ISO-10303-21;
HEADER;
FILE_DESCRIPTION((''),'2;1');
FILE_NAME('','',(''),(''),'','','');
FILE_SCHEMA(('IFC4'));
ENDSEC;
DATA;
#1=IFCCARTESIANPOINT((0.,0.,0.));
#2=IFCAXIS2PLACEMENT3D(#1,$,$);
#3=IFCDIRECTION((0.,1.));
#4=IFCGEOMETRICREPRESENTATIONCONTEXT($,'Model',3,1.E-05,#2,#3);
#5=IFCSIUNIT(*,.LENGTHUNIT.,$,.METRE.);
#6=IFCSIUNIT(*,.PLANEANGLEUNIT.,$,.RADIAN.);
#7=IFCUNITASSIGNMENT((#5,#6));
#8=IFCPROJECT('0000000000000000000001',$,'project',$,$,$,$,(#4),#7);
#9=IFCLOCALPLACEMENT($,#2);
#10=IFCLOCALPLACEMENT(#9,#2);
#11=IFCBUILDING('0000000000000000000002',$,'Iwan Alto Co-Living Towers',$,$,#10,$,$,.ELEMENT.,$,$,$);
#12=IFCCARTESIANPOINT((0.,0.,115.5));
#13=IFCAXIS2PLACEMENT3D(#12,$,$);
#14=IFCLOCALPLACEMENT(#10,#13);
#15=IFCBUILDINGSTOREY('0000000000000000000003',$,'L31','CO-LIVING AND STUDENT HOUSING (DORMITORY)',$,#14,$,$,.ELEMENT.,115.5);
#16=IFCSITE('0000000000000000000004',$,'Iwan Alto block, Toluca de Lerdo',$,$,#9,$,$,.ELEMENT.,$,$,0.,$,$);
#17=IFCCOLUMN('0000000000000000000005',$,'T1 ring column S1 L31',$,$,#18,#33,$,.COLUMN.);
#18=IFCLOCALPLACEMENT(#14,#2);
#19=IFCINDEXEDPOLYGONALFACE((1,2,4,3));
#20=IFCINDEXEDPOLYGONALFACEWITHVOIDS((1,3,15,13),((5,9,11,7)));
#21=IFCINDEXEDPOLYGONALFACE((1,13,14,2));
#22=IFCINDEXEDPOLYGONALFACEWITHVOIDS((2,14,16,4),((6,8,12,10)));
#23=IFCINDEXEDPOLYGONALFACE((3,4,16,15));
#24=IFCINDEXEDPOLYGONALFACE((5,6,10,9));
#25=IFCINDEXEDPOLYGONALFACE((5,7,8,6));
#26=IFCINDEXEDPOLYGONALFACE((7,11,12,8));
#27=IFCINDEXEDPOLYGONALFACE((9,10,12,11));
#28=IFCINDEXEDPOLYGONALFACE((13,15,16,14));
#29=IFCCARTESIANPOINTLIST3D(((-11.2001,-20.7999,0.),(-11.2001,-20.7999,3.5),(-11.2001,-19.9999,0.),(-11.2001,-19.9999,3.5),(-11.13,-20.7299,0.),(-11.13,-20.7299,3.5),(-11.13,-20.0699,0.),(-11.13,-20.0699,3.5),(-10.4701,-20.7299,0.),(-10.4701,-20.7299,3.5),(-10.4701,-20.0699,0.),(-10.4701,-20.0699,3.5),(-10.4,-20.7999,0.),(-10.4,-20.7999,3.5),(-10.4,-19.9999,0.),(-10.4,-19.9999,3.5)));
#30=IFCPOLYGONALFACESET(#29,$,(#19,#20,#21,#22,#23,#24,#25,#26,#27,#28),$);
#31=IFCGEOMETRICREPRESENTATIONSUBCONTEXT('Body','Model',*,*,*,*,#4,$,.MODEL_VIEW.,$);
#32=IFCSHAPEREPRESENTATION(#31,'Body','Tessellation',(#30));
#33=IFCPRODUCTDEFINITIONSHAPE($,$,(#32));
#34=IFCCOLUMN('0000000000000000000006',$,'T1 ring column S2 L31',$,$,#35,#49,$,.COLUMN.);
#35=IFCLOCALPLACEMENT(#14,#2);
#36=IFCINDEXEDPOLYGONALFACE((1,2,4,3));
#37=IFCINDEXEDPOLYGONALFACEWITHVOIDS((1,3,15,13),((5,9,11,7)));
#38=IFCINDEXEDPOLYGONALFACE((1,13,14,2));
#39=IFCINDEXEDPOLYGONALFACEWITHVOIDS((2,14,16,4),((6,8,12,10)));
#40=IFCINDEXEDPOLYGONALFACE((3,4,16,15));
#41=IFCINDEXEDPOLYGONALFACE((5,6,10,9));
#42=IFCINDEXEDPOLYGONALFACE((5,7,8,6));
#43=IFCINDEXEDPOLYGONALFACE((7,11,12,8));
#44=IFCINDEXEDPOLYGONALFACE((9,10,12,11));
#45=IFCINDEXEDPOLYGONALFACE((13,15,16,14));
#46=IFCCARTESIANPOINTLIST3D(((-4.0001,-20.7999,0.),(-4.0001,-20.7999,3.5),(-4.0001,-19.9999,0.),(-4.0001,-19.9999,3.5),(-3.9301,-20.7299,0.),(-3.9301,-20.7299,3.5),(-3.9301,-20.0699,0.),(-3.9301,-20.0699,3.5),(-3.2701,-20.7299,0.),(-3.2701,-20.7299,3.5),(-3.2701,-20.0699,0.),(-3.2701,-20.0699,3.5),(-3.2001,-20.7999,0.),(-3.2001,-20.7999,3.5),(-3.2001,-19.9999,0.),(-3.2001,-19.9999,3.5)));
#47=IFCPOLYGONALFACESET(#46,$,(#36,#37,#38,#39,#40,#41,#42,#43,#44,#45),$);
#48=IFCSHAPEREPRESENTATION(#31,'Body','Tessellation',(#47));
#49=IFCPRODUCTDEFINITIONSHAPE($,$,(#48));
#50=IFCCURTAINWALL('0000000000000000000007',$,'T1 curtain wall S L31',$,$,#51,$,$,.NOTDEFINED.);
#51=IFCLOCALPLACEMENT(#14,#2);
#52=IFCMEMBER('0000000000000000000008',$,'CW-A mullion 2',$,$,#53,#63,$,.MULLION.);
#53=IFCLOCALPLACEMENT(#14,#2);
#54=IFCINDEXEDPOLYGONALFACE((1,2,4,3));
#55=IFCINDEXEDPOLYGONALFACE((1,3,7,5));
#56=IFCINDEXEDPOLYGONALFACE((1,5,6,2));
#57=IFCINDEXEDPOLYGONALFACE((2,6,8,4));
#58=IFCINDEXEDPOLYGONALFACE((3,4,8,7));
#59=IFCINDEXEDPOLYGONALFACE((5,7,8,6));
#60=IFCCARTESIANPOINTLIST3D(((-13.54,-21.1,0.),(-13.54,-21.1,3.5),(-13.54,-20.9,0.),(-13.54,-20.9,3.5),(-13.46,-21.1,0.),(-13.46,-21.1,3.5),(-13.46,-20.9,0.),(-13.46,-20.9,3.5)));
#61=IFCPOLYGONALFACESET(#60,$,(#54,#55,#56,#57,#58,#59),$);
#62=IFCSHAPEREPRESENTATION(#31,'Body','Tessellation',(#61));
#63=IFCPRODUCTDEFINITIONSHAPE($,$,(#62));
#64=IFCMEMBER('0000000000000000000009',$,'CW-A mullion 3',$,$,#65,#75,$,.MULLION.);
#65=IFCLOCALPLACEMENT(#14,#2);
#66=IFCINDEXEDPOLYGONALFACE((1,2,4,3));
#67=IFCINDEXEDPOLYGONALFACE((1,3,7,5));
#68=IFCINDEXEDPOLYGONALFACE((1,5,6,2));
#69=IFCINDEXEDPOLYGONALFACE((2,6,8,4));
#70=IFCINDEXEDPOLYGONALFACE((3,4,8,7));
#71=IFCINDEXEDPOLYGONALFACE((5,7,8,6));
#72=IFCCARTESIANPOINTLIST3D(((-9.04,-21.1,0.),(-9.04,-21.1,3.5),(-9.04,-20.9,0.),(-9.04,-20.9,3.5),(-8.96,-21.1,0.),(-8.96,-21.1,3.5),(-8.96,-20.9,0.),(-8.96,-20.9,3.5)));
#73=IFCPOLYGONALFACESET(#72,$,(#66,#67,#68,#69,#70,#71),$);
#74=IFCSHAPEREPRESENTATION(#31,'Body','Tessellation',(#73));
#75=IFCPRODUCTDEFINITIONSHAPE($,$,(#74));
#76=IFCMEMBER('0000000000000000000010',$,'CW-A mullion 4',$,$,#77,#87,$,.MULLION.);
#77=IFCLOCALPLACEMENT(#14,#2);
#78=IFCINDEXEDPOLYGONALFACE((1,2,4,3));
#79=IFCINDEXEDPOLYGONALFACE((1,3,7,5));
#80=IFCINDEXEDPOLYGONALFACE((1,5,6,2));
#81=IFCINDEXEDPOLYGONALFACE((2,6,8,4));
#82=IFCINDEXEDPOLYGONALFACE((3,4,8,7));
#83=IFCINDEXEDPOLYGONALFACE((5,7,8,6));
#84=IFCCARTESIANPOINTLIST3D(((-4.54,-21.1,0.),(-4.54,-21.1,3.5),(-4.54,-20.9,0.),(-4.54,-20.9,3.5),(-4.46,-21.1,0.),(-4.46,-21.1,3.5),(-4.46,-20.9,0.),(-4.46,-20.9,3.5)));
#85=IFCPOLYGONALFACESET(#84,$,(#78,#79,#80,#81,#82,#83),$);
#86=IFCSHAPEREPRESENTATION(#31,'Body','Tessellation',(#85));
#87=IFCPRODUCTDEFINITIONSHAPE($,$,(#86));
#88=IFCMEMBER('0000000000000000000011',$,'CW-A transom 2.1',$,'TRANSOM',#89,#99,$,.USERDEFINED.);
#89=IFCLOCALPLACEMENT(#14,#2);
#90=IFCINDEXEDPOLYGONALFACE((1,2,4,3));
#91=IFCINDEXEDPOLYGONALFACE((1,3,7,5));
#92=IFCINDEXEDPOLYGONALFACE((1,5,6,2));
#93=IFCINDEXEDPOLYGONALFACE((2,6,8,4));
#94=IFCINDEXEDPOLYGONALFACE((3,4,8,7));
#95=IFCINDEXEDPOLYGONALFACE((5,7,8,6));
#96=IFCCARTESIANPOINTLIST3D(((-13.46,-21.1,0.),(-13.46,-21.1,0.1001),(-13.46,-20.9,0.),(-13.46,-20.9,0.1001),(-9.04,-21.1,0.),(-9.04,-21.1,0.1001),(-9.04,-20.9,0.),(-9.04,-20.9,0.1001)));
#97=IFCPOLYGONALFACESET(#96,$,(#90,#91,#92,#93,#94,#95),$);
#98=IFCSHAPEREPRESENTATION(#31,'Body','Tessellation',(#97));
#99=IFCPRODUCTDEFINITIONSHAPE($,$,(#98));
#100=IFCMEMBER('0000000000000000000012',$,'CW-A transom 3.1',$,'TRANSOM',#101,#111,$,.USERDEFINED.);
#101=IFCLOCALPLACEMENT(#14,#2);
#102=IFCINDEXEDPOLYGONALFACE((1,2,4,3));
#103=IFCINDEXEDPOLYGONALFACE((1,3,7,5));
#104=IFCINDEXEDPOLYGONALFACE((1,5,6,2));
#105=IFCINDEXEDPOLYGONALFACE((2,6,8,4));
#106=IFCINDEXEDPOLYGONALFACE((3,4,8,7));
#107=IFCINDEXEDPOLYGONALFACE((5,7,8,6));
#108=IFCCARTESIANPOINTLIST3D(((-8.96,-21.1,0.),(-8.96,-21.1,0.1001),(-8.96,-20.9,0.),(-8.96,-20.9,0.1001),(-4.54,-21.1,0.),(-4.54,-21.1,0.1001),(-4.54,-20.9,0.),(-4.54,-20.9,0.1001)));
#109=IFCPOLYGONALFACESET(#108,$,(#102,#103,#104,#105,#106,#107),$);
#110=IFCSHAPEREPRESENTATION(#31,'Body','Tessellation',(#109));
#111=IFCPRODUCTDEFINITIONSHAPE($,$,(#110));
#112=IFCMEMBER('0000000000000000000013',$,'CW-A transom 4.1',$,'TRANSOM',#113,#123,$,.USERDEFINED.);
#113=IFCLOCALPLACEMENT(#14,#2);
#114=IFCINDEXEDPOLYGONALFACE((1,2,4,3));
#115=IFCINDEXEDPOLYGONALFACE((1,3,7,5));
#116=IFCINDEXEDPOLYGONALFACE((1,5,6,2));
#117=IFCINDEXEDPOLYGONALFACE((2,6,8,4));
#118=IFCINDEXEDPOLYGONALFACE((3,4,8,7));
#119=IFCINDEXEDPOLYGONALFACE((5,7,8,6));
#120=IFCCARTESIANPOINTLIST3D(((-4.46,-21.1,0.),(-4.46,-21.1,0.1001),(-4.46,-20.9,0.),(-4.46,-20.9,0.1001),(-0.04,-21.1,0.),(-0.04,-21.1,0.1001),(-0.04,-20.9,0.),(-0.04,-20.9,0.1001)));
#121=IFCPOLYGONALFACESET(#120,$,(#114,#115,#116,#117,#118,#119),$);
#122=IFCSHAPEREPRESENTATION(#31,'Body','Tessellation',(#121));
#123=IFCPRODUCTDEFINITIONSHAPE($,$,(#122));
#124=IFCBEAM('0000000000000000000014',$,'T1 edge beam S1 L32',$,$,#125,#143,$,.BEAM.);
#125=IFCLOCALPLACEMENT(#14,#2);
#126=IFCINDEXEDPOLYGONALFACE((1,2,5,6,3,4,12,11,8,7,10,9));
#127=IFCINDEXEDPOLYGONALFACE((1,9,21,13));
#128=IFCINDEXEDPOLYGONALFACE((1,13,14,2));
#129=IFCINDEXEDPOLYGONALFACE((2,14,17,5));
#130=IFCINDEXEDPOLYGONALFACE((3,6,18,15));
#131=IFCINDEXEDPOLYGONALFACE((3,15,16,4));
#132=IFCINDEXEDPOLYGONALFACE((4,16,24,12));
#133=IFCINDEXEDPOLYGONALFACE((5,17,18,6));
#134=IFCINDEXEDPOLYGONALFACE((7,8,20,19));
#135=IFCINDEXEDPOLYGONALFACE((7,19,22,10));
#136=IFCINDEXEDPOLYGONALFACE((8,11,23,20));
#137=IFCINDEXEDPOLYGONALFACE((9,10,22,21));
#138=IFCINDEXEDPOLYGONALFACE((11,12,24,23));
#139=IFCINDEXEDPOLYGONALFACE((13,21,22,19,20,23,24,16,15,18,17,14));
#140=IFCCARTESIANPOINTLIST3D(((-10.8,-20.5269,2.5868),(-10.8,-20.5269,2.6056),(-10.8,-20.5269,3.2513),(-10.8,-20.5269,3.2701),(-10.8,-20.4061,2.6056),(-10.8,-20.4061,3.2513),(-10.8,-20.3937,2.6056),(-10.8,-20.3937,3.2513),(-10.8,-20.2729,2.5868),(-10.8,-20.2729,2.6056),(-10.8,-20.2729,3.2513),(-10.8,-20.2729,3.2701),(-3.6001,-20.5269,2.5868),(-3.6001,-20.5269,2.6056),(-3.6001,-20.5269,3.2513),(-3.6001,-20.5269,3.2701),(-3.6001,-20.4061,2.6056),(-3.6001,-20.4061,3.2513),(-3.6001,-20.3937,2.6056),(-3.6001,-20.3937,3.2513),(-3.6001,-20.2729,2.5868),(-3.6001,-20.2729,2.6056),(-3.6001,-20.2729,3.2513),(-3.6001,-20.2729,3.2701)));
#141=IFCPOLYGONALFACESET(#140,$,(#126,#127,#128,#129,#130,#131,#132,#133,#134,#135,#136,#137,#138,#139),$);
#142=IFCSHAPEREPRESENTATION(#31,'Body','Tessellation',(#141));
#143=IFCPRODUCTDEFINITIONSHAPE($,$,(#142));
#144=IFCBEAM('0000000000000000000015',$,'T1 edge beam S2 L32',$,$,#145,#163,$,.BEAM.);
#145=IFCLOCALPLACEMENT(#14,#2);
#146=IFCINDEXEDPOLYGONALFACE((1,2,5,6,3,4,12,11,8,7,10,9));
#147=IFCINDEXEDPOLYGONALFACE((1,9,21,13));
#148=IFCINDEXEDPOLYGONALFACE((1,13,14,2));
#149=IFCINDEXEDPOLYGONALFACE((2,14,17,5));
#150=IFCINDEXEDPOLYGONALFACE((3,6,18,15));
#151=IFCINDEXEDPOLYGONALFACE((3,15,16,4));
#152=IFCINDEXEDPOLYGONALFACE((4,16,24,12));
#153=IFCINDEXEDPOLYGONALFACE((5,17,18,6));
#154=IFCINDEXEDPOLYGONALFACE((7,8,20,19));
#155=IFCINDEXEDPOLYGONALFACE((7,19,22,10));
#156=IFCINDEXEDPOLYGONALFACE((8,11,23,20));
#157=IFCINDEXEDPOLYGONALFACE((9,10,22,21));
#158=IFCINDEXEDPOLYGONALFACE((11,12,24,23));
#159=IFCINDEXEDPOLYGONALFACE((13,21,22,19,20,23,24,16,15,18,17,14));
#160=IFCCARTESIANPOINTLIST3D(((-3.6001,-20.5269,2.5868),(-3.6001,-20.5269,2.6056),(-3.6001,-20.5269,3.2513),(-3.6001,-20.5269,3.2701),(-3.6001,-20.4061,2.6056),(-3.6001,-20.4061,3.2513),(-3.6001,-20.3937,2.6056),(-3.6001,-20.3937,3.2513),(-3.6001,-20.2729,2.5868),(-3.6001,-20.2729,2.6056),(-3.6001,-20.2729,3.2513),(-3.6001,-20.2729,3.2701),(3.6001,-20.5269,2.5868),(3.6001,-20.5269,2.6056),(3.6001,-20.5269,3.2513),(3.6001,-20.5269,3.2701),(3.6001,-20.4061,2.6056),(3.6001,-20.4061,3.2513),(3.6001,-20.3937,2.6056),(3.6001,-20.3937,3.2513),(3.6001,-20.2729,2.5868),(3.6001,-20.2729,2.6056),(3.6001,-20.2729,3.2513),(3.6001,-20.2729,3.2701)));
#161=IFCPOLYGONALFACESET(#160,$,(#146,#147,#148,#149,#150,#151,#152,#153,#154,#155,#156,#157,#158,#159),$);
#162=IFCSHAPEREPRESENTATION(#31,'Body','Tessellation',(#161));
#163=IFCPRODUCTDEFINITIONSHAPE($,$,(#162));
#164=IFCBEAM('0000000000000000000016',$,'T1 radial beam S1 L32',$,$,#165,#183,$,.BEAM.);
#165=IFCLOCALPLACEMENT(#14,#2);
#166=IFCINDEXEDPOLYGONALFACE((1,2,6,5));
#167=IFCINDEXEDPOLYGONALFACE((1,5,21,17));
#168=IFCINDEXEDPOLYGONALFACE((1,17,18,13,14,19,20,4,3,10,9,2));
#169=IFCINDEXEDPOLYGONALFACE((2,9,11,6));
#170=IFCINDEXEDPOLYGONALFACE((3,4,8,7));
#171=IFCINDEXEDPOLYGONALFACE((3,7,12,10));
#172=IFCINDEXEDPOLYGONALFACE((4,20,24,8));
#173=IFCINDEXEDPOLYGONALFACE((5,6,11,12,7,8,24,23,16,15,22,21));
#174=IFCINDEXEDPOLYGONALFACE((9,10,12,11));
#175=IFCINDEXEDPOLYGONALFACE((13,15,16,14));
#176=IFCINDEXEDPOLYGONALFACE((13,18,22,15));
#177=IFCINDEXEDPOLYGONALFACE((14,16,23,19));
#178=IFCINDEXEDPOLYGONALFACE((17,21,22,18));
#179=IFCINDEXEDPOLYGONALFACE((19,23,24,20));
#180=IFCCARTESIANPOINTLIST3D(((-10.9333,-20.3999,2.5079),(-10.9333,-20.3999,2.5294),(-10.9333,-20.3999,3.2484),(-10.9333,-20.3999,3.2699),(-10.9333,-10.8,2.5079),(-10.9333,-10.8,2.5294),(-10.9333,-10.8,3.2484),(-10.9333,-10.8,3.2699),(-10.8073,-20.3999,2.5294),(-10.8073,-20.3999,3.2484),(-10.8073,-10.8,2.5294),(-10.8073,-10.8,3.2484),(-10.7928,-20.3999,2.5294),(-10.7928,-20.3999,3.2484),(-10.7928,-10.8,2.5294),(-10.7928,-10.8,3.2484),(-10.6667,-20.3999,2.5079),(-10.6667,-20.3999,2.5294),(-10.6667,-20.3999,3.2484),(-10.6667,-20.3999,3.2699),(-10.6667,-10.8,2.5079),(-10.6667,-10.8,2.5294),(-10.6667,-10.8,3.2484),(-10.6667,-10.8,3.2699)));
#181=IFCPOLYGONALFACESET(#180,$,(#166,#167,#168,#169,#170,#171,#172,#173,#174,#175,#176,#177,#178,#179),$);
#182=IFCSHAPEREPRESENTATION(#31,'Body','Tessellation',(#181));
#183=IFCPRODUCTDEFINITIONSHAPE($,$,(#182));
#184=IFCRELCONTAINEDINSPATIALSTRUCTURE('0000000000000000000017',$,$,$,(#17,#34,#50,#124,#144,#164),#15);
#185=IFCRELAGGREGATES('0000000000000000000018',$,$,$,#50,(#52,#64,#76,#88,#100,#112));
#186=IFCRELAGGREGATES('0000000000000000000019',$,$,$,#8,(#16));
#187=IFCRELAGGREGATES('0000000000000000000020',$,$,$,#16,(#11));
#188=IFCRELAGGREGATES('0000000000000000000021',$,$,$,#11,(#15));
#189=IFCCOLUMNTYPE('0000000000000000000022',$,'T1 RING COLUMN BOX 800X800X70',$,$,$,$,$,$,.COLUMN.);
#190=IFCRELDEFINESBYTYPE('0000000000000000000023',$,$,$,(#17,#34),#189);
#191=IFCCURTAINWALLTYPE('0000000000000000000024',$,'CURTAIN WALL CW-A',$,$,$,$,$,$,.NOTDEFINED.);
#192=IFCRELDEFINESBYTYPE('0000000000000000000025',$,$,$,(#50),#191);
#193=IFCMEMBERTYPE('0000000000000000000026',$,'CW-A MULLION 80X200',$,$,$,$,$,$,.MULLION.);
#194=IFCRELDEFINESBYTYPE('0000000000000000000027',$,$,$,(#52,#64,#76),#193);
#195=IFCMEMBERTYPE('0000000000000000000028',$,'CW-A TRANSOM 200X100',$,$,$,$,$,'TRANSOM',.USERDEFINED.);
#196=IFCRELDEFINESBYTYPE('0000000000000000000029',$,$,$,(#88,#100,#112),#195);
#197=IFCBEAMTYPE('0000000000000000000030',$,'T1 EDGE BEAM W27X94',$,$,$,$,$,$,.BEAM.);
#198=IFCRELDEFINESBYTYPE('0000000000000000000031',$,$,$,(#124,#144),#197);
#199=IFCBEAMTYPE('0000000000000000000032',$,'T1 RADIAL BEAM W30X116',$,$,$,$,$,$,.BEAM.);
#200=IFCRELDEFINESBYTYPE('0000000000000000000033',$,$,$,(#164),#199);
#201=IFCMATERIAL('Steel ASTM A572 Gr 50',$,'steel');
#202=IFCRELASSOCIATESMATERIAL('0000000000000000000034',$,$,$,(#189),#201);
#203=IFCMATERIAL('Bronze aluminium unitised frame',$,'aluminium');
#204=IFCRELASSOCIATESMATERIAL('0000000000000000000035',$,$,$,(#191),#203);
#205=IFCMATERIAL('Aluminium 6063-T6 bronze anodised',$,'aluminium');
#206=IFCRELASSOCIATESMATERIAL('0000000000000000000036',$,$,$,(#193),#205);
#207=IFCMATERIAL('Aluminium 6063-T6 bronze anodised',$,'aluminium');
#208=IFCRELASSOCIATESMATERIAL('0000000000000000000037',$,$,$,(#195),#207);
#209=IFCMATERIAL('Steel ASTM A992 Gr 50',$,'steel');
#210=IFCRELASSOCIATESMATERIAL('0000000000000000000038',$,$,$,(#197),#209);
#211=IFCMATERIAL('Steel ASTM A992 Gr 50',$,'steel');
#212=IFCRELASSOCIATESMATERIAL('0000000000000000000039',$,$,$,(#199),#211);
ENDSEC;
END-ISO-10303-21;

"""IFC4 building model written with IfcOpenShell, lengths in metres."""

from ifc_helpers import new_model, si_unit, direction, frame, origin, origin_2d, place, context, subcontext, project, spatial, rectangle, hollow_rectangle, i_section, extrude, material, material_profile, profile_set, type_object, element, aggregate, save


model = new_model("IFC4")

# Units and contexts
model_context = context("Model", 3, precision=1e-05, world=origin(), true_north=direction((0.0, 1.0)))
body_context = subcontext(model_context, "Body", "Model", "MODEL_VIEW")
ifc_project = project(units=[si_unit("LENGTHUNIT", "METRE"), si_unit("PLANEANGLEUNIT", "RADIAN")], contexts=[model_context])

# Site, building, storey
site_placement = place(None, origin())
site = spatial("IfcSite", under=ifc_project, at=site_placement, Name="Iwan Alto block, Toluca de Lerdo", CompositionType="ELEMENT", RefElevation=0.0)
building_placement = place(site_placement, origin())
building = spatial("IfcBuilding", under=site, at=building_placement, Name="Iwan Alto Co-Living Towers", CompositionType="ELEMENT")
storey_placement = place(building_placement, frame((0.0, 0.0, 115.5)))
storey = spatial("IfcBuildingStorey", under=building, at=storey_placement, Name="L31", Description="CO-LIVING AND STUDENT HOUSING (DORMITORY)", CompositionType="ELEMENT", Elevation=115.5)

# Columns
ifc_material_1 = material(Name="Steel ASTM A572 Gr 50", Category="steel")
ifc_material_profile_1 = material_profile(ifc_material_1, hollow_rectangle(XDim=0.8, YDim=0.8, WallThickness=0.0701, at=origin_2d()), Name="BOX 800X800X70")
ifc_profile_set_1 = profile_set([ifc_material_profile_1], Name="Steel ASTM A572 Gr 50")
column_type = type_object("IfcColumnType", Name="T1 RING COLUMN BOX 800X800X70", PredefinedType="COLUMN", material=ifc_profile_set_1)
for number, where, z_axis, x_axis, name in (
    (1, (-10.8, -20.3999, 0.0), (0.0, 0.0, 1.0), (1.0, 0.0, 0.0), "T1 ring column S1 L31"),
    (2, (-3.6001, -20.3999, 0.0), (0.0, 0.0, 1.0), (1.0, 0.0, 0.0), "T1 ring column S2 L31"),
):
    element("IfcColumn", number, at=place(storey_placement, frame(where, z_axis=z_axis, x_axis=x_axis)), inside=storey, type_object=column_type, Name=name, PredefinedType="COLUMN", context=body_context, shape_type="SweptSolid", body=[
        extrude(hollow_rectangle(XDim=0.8, YDim=0.8, WallThickness=0.0701, at=origin_2d()), origin(), (0.0, 0.0, 1.0), 3.5),
    ])

# Curtain wall, members
ifc_material_2 = material(Name="Bronze aluminium unitised frame", Category="aluminium")
curtain_wall_type = type_object("IfcCurtainWallType", Name="CURTAIN WALL CW-A", PredefinedType="NOTDEFINED", material=ifc_material_2)
curtain_wall_placement = place(storey_placement, origin())
curtain_wall = element("IfcCurtainWall", 3, at=curtain_wall_placement, inside=storey, type_object=curtain_wall_type, Name="T1 curtain wall S L31", PredefinedType="NOTDEFINED")
ifc_material_3 = material(Name="Aluminium 6063-T6 bronze anodised", Category="aluminium")
ifc_material_profile_2 = material_profile(ifc_material_3, rectangle(XDim=0.2, YDim=0.0801, at=origin_2d()), Name="AL 80X200")
ifc_profile_set_2 = profile_set([ifc_material_profile_2], Name="Aluminium 6063-T6 bronze anodised")
member_type_1 = type_object("IfcMemberType", Name="CW-A MULLION 80X200", PredefinedType="MULLION", material=ifc_profile_set_2)
member_1_placement = place(storey_placement, frame((-13.5, -21.0, 0.0), z_axis=(0.0, 0.0, 1.0), x_axis=(0.0, 1.0, 0.0)))
member_1 = element("IfcMember", 4, at=member_1_placement, type_object=member_type_1, Name="CW-A mullion 2", PredefinedType="MULLION", context=body_context, shape_type="SweptSolid", body=[
    extrude(rectangle(XDim=0.2, YDim=0.0801, at=origin_2d()), origin(), (0.0, 0.0, 1.0), 3.5),
])
member_2_placement = place(storey_placement, frame((-9.0, -21.0, 0.0), z_axis=(0.0, 0.0, 1.0), x_axis=(0.0, 1.0, 0.0)))
member_2 = element("IfcMember", 5, at=member_2_placement, type_object=member_type_1, Name="CW-A mullion 3", PredefinedType="MULLION", context=body_context, shape_type="SweptSolid", body=[
    extrude(rectangle(XDim=0.2, YDim=0.0801, at=origin_2d()), origin(), (0.0, 0.0, 1.0), 3.5),
])
member_3_placement = place(storey_placement, frame((-4.5, -21.0, 0.0), z_axis=(0.0, 0.0, 1.0), x_axis=(0.0, 1.0, 0.0)))
member_3 = element("IfcMember", 6, at=member_3_placement, type_object=member_type_1, Name="CW-A mullion 4", PredefinedType="MULLION", context=body_context, shape_type="SweptSolid", body=[
    extrude(rectangle(XDim=0.2, YDim=0.0801, at=origin_2d()), origin(), (0.0, 0.0, 1.0), 3.5),
])
ifc_material_4 = material(Name="Aluminium 6063-T6 bronze anodised", Category="aluminium")
ifc_material_profile_3 = material_profile(ifc_material_4, rectangle(XDim=0.2, YDim=0.1001, at=origin_2d()), Name="AL 200X100")
ifc_profile_set_3 = profile_set([ifc_material_profile_3], Name="Aluminium 6063-T6 bronze anodised")
member_type_2 = type_object("IfcMemberType", Name="CW-A TRANSOM 200X100", ElementType="TRANSOM", PredefinedType="USERDEFINED", material=ifc_profile_set_3)
member_4_placement = place(storey_placement, frame((-13.46, -21.0, 0.05), z_axis=(1.0, 0.0, 0.0), x_axis=(0.0, 1.0, 0.0)))
member_4 = element("IfcMember", 7, at=member_4_placement, type_object=member_type_2, Name="CW-A transom 2.1", ObjectType="TRANSOM", PredefinedType="USERDEFINED", context=body_context, shape_type="SweptSolid", body=[
    extrude(rectangle(XDim=0.2, YDim=0.1001, at=origin_2d()), origin(), (0.0, 0.0, 1.0), 4.4199),
])
member_5_placement = place(storey_placement, frame((-8.96, -21.0, 0.05), z_axis=(1.0, 0.0, 0.0), x_axis=(0.0, 1.0, 0.0)))
member_5 = element("IfcMember", 8, at=member_5_placement, type_object=member_type_2, Name="CW-A transom 3.1", ObjectType="TRANSOM", PredefinedType="USERDEFINED", context=body_context, shape_type="SweptSolid", body=[
    extrude(rectangle(XDim=0.2, YDim=0.1001, at=origin_2d()), origin(), (0.0, 0.0, 1.0), 4.4199),
])
member_6_placement = place(storey_placement, frame((-4.46, -21.0, 0.05), z_axis=(1.0, 0.0, 0.0), x_axis=(0.0, 1.0, 0.0)))
member_6 = element("IfcMember", 9, at=member_6_placement, type_object=member_type_2, Name="CW-A transom 4.1", ObjectType="TRANSOM", PredefinedType="USERDEFINED", context=body_context, shape_type="SweptSolid", body=[
    extrude(rectangle(XDim=0.2, YDim=0.1001, at=origin_2d()), origin(), (0.0, 0.0, 1.0), 4.4199),
])

# Beams
ifc_material_5 = material(Name="Steel ASTM A992 Gr 50", Category="steel")
ifc_material_profile_4 = material_profile(ifc_material_5, i_section(OverallWidth=0.2539, OverallDepth=0.6833, WebThickness=0.0125, FlangeThickness=0.0188, at=origin_2d()), Name="W27X94")
ifc_profile_set_4 = profile_set([ifc_material_profile_4], Name="Steel ASTM A992 Gr 50")
beam_type_1 = type_object("IfcBeamType", Name="T1 EDGE BEAM W27X94", PredefinedType="BEAM", material=ifc_profile_set_4)
beam_1_placement = place(storey_placement, frame((-10.8, -20.3999, 2.9285), z_axis=(1.0, 0.0, 0.0), x_axis=(0.0, 1.0, 0.0)))
element("IfcBeam", 10, at=beam_1_placement, inside=storey, type_object=beam_type_1, Name="T1 edge beam S1 L32", PredefinedType="BEAM", context=body_context, shape_type="SweptSolid", body=[
    extrude(i_section(OverallWidth=0.2539, OverallDepth=0.6833, WebThickness=0.0125, FlangeThickness=0.0188, at=origin_2d()), origin(), (0.0, 0.0, 1.0), 7.2),
])
beam_2_placement = place(storey_placement, frame((-3.6001, -20.3999, 2.9285), z_axis=(1.0, 0.0, 0.0), x_axis=(0.0, 1.0, 0.0)))
element("IfcBeam", 11, at=beam_2_placement, inside=storey, type_object=beam_type_1, Name="T1 edge beam S2 L32", PredefinedType="BEAM", context=body_context, shape_type="SweptSolid", body=[
    extrude(i_section(OverallWidth=0.2539, OverallDepth=0.6833, WebThickness=0.0125, FlangeThickness=0.0188, at=origin_2d()), origin(), (0.0, 0.0, 1.0), 7.2002),
])
ifc_material_6 = material(Name="Steel ASTM A992 Gr 50", Category="steel")
ifc_material_profile_5 = material_profile(ifc_material_6, i_section(OverallWidth=0.2666, OverallDepth=0.762, WebThickness=0.0144, FlangeThickness=0.0215, at=origin_2d()), Name="W30X116")
ifc_profile_set_5 = profile_set([ifc_material_profile_5], Name="Steel ASTM A992 Gr 50")
beam_type_2 = type_object("IfcBeamType", Name="T1 RADIAL BEAM W30X116", PredefinedType="BEAM", material=ifc_profile_set_5)
beam_3_placement = place(storey_placement, frame((-10.8, -20.3999, 2.8889), z_axis=(0.0, 1.0, 0.0), x_axis=(-1.0, 0.0, 0.0)))
element("IfcBeam", 12, at=beam_3_placement, inside=storey, type_object=beam_type_2, Name="T1 radial beam S1 L32", PredefinedType="BEAM", context=body_context, shape_type="SweptSolid", body=[
    extrude(i_section(OverallWidth=0.2666, OverallDepth=0.762, WebThickness=0.0144, FlangeThickness=0.0215, at=origin_2d()), origin(), (0.0, 0.0, 1.0), 9.5999),
])

aggregate(curtain_wall, [member_1, member_2, member_3, member_4, member_5, member_6])

save(model, "model.ifc")
